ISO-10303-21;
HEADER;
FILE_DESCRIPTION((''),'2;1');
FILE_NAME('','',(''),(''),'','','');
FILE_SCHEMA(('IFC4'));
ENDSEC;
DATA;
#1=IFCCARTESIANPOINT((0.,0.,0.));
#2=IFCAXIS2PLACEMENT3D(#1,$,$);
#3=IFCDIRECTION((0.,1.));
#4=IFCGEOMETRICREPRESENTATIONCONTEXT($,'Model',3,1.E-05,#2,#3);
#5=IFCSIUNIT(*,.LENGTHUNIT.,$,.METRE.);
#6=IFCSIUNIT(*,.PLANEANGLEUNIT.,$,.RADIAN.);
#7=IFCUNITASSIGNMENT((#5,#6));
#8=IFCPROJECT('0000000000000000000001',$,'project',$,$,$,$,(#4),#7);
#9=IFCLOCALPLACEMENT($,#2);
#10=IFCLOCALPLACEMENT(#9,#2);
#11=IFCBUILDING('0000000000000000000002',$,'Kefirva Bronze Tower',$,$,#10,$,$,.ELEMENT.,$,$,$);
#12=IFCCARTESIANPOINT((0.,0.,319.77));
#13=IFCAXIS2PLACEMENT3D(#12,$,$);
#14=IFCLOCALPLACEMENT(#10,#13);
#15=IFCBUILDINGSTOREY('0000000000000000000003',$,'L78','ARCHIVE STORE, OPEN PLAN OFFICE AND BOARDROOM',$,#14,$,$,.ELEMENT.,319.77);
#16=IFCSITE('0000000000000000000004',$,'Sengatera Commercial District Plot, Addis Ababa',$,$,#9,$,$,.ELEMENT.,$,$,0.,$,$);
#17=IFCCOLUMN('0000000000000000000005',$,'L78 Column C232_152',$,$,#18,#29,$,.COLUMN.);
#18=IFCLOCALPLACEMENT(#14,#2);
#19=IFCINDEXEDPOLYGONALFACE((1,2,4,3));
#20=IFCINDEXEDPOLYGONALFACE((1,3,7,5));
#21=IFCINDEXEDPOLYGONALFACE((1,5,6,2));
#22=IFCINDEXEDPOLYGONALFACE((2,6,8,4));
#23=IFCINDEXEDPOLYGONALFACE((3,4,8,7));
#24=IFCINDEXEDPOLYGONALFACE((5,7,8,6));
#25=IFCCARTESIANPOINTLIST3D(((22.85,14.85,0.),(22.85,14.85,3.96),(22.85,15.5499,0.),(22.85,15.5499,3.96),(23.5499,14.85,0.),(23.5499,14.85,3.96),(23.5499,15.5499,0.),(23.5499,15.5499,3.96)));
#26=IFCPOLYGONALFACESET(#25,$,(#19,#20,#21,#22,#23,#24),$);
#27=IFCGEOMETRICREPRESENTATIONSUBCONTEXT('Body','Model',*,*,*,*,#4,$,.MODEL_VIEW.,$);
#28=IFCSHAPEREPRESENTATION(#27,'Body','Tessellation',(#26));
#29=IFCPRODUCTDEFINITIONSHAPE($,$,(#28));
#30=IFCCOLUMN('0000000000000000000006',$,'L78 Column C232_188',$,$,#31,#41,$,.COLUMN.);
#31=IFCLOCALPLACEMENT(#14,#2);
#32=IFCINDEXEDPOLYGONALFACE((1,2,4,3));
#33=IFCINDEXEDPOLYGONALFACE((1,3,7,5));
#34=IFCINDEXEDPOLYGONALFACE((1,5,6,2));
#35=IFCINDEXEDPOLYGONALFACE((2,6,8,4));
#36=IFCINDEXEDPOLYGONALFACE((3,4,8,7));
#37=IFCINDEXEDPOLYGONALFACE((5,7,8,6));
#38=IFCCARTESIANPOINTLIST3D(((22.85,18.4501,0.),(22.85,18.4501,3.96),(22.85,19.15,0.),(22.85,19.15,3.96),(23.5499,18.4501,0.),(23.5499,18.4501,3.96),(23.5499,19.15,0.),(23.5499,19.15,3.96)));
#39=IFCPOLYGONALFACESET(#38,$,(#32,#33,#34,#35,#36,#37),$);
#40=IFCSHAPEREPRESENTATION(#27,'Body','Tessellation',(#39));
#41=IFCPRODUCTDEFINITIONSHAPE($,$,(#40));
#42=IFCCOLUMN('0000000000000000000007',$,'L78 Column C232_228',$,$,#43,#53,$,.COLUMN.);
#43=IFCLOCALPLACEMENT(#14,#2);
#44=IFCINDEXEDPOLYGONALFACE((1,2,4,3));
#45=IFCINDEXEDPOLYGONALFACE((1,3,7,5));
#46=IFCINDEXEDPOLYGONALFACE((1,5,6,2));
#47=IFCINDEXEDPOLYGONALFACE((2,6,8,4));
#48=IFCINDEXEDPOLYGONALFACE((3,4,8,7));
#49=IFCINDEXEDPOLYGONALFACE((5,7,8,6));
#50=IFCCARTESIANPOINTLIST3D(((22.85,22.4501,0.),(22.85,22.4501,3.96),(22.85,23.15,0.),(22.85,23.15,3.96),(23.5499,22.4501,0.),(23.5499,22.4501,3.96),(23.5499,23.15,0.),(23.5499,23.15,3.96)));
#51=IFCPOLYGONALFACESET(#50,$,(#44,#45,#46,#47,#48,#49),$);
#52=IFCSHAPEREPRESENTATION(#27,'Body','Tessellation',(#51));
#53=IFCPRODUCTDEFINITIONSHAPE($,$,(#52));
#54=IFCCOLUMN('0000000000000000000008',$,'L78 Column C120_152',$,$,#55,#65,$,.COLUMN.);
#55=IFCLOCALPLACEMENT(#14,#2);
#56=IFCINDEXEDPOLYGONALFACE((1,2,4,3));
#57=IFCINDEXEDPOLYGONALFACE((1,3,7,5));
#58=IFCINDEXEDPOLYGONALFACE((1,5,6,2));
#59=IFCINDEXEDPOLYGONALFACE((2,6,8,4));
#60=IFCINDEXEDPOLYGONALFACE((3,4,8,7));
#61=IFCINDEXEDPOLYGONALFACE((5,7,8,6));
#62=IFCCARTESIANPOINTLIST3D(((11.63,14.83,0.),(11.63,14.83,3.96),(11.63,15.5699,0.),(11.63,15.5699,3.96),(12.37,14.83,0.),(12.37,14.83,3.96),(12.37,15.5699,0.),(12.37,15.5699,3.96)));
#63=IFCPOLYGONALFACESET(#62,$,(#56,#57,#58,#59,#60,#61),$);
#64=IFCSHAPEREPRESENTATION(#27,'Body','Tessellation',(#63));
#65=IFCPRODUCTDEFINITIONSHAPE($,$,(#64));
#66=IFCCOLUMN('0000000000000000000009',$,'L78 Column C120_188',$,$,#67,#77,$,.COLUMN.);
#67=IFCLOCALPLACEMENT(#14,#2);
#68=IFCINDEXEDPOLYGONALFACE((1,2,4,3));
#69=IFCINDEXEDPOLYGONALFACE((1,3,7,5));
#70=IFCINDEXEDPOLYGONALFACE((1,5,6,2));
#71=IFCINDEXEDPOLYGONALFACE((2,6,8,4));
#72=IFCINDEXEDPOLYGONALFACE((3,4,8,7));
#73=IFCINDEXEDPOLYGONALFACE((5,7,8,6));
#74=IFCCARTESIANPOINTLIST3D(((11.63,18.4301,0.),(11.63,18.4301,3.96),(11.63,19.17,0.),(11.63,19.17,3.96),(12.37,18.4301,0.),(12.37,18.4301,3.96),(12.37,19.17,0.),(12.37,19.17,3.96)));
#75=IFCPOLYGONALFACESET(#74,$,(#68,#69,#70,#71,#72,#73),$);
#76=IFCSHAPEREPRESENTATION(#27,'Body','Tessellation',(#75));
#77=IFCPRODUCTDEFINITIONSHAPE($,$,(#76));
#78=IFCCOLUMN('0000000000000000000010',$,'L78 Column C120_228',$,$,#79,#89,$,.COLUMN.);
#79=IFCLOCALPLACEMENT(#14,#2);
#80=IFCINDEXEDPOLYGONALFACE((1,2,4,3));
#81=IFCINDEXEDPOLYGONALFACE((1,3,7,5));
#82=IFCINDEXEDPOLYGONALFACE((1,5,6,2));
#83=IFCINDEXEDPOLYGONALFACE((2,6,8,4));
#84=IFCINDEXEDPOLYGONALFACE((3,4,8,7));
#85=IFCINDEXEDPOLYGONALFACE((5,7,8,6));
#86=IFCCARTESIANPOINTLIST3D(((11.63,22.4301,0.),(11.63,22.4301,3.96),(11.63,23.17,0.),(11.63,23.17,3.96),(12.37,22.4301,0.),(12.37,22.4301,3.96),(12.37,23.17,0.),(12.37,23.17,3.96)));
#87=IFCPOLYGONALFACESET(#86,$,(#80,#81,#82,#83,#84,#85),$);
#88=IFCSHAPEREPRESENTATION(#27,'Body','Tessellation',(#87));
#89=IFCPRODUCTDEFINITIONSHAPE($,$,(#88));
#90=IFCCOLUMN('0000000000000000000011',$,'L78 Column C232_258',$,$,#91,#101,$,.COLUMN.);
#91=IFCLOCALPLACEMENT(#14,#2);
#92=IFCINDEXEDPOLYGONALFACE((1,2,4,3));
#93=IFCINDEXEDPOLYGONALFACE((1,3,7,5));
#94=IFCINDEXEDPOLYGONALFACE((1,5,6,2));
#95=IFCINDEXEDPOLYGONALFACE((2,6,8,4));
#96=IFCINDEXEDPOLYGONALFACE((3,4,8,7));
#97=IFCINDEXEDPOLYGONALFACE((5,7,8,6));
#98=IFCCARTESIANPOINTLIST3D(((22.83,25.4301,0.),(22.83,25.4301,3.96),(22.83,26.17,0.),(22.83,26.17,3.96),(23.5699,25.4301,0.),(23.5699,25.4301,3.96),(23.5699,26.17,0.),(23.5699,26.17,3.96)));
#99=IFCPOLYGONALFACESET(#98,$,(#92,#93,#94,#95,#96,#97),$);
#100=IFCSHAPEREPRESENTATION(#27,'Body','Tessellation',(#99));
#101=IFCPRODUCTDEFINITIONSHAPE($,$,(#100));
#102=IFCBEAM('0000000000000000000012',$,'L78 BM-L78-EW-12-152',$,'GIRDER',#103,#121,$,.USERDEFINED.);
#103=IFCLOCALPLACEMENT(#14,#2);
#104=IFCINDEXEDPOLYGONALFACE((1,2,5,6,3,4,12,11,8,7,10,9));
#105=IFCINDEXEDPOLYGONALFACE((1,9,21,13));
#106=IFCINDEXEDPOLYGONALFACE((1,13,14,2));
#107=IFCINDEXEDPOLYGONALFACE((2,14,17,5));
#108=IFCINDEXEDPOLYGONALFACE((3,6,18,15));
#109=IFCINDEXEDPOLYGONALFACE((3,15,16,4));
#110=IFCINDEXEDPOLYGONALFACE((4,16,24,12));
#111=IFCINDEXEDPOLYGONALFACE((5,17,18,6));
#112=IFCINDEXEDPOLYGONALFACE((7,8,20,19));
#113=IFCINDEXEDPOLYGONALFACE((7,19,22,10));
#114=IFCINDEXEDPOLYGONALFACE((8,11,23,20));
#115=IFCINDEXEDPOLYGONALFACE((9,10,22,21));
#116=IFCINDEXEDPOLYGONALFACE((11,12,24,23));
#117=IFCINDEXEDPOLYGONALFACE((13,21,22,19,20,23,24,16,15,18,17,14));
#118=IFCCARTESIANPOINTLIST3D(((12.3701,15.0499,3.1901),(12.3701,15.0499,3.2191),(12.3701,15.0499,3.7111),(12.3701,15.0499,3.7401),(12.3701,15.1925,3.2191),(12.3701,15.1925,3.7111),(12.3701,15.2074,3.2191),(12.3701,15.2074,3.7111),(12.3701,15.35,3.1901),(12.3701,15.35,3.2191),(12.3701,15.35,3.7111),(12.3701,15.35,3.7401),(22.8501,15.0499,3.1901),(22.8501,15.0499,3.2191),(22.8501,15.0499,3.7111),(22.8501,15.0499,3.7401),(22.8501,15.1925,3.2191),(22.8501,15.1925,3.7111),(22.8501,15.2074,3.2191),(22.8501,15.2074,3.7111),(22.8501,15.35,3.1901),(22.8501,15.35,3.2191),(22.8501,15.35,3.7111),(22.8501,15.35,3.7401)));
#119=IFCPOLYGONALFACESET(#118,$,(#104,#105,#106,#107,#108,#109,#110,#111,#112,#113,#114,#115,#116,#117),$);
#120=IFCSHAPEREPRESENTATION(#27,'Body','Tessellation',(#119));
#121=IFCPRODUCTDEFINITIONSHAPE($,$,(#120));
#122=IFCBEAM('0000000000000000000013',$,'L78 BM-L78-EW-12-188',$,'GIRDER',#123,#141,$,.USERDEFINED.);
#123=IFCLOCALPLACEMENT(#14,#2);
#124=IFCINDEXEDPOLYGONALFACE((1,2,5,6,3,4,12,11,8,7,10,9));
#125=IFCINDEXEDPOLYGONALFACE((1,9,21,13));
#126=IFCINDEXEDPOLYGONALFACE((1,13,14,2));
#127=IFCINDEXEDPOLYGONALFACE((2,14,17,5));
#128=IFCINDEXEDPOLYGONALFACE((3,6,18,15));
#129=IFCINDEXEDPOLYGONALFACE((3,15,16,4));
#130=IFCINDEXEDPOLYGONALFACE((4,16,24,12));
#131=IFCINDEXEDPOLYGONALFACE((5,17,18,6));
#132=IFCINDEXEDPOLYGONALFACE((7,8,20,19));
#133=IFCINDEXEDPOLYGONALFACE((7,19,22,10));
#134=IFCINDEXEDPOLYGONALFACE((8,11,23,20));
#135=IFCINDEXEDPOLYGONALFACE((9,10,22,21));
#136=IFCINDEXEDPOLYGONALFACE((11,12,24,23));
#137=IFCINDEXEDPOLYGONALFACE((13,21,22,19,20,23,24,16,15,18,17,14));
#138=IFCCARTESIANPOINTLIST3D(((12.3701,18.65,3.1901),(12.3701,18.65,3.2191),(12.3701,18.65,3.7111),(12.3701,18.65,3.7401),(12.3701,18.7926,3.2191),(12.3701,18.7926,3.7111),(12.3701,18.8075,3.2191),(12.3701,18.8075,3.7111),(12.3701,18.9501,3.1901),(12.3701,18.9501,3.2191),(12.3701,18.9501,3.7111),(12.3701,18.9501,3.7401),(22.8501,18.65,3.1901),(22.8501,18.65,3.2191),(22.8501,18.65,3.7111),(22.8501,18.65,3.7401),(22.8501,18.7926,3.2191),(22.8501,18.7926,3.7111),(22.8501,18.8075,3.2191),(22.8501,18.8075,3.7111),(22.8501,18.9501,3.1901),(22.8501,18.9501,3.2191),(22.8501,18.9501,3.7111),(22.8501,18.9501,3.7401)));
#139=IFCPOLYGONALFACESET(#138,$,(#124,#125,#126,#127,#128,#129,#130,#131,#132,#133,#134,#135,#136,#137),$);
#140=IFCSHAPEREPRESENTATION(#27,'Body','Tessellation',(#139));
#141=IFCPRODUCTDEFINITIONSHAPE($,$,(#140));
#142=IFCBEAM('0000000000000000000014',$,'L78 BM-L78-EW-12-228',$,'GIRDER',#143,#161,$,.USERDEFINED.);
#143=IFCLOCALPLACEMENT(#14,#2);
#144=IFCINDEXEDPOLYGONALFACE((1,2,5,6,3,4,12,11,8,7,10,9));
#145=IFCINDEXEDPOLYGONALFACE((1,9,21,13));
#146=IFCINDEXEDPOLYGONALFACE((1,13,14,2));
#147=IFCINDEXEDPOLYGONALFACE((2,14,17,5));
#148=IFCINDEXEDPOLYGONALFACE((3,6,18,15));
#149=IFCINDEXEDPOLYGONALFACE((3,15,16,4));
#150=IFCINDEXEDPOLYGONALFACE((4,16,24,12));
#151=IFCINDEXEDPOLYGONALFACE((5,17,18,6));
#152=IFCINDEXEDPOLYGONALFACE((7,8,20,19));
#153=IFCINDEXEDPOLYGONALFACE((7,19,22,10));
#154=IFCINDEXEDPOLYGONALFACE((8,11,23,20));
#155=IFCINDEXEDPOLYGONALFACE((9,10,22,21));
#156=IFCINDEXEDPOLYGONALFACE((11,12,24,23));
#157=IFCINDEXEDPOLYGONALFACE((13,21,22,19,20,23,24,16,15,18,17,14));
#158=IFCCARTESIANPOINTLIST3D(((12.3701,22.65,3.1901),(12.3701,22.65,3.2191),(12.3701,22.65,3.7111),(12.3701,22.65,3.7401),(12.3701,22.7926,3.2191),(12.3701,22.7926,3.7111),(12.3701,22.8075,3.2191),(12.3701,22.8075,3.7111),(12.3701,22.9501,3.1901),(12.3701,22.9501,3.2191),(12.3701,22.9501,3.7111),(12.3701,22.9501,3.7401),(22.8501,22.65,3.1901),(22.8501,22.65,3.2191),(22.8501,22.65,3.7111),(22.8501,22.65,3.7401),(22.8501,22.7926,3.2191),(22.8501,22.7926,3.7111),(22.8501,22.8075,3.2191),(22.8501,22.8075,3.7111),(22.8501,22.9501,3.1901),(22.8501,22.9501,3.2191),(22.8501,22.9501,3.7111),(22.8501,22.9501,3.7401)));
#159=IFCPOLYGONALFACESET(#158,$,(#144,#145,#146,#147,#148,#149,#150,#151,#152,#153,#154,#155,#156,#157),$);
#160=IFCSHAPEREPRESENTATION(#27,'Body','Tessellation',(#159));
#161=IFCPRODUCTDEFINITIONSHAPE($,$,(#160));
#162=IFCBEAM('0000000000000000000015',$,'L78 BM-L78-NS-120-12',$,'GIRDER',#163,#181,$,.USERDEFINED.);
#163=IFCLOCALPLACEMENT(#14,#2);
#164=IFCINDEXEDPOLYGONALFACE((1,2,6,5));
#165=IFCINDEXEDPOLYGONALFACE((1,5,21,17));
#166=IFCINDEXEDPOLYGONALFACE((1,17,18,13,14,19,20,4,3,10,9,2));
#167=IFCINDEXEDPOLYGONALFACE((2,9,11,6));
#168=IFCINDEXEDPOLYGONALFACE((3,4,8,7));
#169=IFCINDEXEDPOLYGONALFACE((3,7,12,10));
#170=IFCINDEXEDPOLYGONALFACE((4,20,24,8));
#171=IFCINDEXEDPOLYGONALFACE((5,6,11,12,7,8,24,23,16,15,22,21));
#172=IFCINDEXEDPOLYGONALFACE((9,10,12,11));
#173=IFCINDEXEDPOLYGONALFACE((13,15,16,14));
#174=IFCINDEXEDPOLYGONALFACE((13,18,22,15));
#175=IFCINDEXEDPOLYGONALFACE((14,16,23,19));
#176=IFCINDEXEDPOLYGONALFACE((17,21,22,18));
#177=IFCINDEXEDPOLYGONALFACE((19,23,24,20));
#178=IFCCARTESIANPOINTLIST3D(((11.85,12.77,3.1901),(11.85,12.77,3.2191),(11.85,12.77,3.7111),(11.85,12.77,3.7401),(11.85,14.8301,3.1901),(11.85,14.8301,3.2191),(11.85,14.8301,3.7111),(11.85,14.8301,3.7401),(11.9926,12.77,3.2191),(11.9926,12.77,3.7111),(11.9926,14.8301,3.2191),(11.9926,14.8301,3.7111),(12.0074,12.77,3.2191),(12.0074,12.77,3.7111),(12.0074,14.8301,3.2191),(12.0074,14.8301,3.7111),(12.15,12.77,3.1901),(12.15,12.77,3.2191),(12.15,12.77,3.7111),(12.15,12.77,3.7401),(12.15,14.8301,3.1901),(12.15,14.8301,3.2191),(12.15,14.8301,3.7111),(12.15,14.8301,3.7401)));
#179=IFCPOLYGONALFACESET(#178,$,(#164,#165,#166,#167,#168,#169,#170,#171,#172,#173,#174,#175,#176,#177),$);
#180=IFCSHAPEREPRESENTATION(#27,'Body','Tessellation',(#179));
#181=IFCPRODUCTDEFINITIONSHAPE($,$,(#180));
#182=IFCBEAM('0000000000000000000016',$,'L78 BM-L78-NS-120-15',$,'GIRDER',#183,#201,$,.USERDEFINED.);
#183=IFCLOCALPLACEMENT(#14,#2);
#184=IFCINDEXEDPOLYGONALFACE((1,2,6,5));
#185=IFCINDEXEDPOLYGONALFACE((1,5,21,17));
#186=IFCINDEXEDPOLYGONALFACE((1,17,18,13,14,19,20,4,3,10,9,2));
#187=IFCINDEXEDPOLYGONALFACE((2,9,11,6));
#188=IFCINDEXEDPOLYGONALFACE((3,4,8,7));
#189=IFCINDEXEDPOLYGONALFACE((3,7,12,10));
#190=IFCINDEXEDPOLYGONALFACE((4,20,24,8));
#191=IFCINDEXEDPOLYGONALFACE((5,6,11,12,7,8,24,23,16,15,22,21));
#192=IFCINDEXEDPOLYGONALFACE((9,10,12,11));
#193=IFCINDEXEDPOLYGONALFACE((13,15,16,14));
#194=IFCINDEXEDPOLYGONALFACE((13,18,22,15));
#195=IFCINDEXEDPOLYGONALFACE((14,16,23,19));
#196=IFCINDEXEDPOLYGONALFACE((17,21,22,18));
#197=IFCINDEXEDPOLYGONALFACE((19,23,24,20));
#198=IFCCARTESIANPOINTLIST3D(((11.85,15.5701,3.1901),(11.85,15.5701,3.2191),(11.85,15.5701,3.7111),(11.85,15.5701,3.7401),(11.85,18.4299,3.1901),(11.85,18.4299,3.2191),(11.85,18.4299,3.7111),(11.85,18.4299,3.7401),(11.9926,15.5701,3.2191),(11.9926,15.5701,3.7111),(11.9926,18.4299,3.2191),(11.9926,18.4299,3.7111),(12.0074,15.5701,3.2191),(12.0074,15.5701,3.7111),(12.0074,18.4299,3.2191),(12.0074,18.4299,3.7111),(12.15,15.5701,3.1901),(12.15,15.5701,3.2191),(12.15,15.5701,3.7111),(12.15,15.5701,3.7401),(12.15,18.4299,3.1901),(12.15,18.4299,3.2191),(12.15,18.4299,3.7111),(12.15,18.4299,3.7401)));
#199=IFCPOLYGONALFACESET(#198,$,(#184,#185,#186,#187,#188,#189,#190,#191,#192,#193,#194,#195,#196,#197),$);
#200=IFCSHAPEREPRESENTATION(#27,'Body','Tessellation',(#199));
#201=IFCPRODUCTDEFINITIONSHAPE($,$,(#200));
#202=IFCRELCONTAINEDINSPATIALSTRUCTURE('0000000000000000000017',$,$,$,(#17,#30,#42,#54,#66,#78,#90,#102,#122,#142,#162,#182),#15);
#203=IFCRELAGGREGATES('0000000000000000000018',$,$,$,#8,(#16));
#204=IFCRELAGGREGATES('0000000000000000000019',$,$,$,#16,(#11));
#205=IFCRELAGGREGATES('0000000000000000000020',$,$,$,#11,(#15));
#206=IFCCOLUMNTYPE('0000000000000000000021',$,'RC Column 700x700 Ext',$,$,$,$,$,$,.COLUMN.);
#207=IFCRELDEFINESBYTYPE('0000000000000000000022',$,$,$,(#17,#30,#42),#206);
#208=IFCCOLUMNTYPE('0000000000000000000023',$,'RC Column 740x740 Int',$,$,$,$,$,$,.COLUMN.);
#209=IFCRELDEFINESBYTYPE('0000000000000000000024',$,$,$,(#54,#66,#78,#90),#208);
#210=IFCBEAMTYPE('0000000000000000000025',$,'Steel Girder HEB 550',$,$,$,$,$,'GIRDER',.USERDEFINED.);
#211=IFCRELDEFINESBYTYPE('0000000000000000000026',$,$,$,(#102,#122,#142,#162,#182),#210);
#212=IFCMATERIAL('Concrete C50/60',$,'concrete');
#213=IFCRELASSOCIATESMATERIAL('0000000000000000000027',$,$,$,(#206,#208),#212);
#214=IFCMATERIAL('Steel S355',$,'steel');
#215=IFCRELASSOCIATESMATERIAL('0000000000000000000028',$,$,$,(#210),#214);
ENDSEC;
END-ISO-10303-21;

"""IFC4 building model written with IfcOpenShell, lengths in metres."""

from ifc_helpers import new_model, si_unit, direction, frame, origin, origin_2d, place, context, subcontext, project, spatial, rectangle, i_section, extrude, material, material_profile, profile_set, type_object, element, save


model = new_model("IFC4")

# Units and contexts
model_context = context("Model", 3, precision=1e-05, world=origin(), true_north=direction((0.0, 1.0)))
body_context = subcontext(model_context, "Body", "Model", "MODEL_VIEW")
ifc_project = project(units=[si_unit("LENGTHUNIT", "METRE"), si_unit("PLANEANGLEUNIT", "RADIAN")], contexts=[model_context])

# Site, building, storey
site_placement = place(None, origin())
site = spatial("IfcSite", under=ifc_project, at=site_placement, Name="Sengatera Commercial District Plot, Addis Ababa", CompositionType="ELEMENT", RefElevation=0.0)
building_placement = place(site_placement, origin())
building = spatial("IfcBuilding", under=site, at=building_placement, Name="Kefirva Bronze Tower", CompositionType="ELEMENT")
storey_placement = place(building_placement, frame((0.0, 0.0, 319.77)))
storey = spatial("IfcBuildingStorey", under=building, at=storey_placement, Name="L78", Description="ARCHIVE STORE, OPEN PLAN OFFICE AND BOARDROOM", CompositionType="ELEMENT", Elevation=319.77)

# Columns
ifc_material_1 = material(Name="Concrete C50/60", Category="concrete")
ifc_material_profile_1 = material_profile(ifc_material_1, rectangle(XDim=0.7, YDim=0.7, at=origin_2d()), Name="RC 700x700")
ifc_profile_set_1 = profile_set([ifc_material_profile_1], Name="Concrete C50/60")
column_type_1 = type_object("IfcColumnType", Name="RC Column 700x700 Ext", PredefinedType="COLUMN", material=ifc_profile_set_1)
for number, where, z_axis, x_axis, name in (
    (1, (23.2, 15.2, 0.0), (0.0, 0.0, 1.0), (1.0, 0.0, 0.0), "L78 Column C232_152"),
    (2, (23.2, 18.8, 0.0), (0.0, 0.0, 1.0), (1.0, 0.0, 0.0), "L78 Column C232_188"),
    (3, (23.2, 22.8, 0.0), (0.0, 0.0, 1.0), (1.0, 0.0, 0.0), "L78 Column C232_228"),
):
    element("IfcColumn", number, at=place(storey_placement, frame(where, z_axis=z_axis, x_axis=x_axis)), inside=storey, type_object=column_type_1, Name=name, PredefinedType="COLUMN", context=body_context, shape_type="SweptSolid", body=[
        extrude(rectangle(XDim=0.7, YDim=0.7, at=origin_2d()), origin(), (0.0, 0.0, 1.0), 3.96),
    ])
ifc_material_profile_2 = material_profile(ifc_material_1, rectangle(XDim=0.74, YDim=0.74, at=origin_2d()), Name="RC 740x740")
ifc_profile_set_2 = profile_set([ifc_material_profile_2], Name="Concrete C50/60")
column_type_2 = type_object("IfcColumnType", Name="RC Column 740x740 Int", PredefinedType="COLUMN", material=ifc_profile_set_2)
for number, where, z_axis, x_axis, name in (
    (4, (12.0, 15.2, 0.0), (0.0, 0.0, 1.0), (1.0, 0.0, 0.0), "L78 Column C120_152"),
    (5, (12.0, 18.8, 0.0), (0.0, 0.0, 1.0), (1.0, 0.0, 0.0), "L78 Column C120_188"),
    (6, (12.0, 22.8, 0.0), (0.0, 0.0, 1.0), (1.0, 0.0, 0.0), "L78 Column C120_228"),
    (7, (23.2, 25.8, 0.0), (0.0, 0.0, 1.0), (1.0, 0.0, 0.0), "L78 Column C232_258"),
):
    element("IfcColumn", number, at=place(storey_placement, frame(where, z_axis=z_axis, x_axis=x_axis)), inside=storey, type_object=column_type_2, Name=name, PredefinedType="COLUMN", context=body_context, shape_type="SweptSolid", body=[
        extrude(rectangle(XDim=0.74, YDim=0.74, at=origin_2d()), origin(), (0.0, 0.0, 1.0), 3.96),
    ])

# Beams
ifc_material_2 = material(Name="Steel S355", Category="steel")
ifc_material_profile_3 = material_profile(ifc_material_2, i_section(OverallWidth=0.3, OverallDepth=0.55, WebThickness=0.0149, FlangeThickness=0.0291, at=origin_2d()), Name="HEB 550")
ifc_profile_set_3 = profile_set([ifc_material_profile_3], Name="Steel S355")
beam_type_1 = type_object("IfcBeamType", Name="Steel Girder HEB 550", ElementType="GIRDER", PredefinedType="USERDEFINED", material=ifc_profile_set_3)
for number, where, z_axis, x_axis, name in (
    (8, (12.3701, 15.2, 3.4651), (1.0, 0.0, 0.0), (0.0, 1.0, 0.0), "L78 BM-L78-EW-12-152"),
    (9, (12.3701, 18.8, 3.4651), (1.0, 0.0, 0.0), (0.0, 1.0, 0.0), "L78 BM-L78-EW-12-188"),
    (10, (12.3701, 22.8, 3.4651), (1.0, 0.0, 0.0), (0.0, 1.0, 0.0), "L78 BM-L78-EW-12-228"),
):
    element("IfcBeam", number, at=place(storey_placement, frame(where, z_axis=z_axis, x_axis=x_axis)), inside=storey, type_object=beam_type_1, Name=name, ObjectType="GIRDER", PredefinedType="USERDEFINED", context=body_context, shape_type="SweptSolid", body=[
        extrude(i_section(OverallWidth=0.3, OverallDepth=0.55, WebThickness=0.0149, FlangeThickness=0.0291, at=origin_2d()), origin(), (0.0, 0.0, 1.0), 10.48),
    ])
beam_1_placement = place(storey_placement, frame((12.0, 12.77, 3.4651), z_axis=(0.0, 1.0, 0.0), x_axis=(-1.0, 0.0, 0.0)))
element("IfcBeam", 11, at=beam_1_placement, inside=storey, type_object=beam_type_1, Name="L78 BM-L78-NS-120-12", ObjectType="GIRDER", PredefinedType="USERDEFINED", context=body_context, shape_type="SweptSolid", body=[
    extrude(i_section(OverallWidth=0.3, OverallDepth=0.55, WebThickness=0.0149, FlangeThickness=0.0291, at=origin_2d()), origin(), (0.0, 0.0, 1.0), 2.0601),
])
beam_2_placement = place(storey_placement, frame((12.0, 15.5701, 3.4651), z_axis=(0.0, 1.0, 0.0), x_axis=(-1.0, 0.0, 0.0)))
element("IfcBeam", 12, at=beam_2_placement, inside=storey, type_object=beam_type_1, Name="L78 BM-L78-NS-120-15", ObjectType="GIRDER", PredefinedType="USERDEFINED", context=body_context, shape_type="SweptSolid", body=[
    extrude(i_section(OverallWidth=0.3, OverallDepth=0.55, WebThickness=0.0149, FlangeThickness=0.0291, at=origin_2d()), origin(), (0.0, 0.0, 1.0), 2.8599),
])

save(model, "model.ifc")
